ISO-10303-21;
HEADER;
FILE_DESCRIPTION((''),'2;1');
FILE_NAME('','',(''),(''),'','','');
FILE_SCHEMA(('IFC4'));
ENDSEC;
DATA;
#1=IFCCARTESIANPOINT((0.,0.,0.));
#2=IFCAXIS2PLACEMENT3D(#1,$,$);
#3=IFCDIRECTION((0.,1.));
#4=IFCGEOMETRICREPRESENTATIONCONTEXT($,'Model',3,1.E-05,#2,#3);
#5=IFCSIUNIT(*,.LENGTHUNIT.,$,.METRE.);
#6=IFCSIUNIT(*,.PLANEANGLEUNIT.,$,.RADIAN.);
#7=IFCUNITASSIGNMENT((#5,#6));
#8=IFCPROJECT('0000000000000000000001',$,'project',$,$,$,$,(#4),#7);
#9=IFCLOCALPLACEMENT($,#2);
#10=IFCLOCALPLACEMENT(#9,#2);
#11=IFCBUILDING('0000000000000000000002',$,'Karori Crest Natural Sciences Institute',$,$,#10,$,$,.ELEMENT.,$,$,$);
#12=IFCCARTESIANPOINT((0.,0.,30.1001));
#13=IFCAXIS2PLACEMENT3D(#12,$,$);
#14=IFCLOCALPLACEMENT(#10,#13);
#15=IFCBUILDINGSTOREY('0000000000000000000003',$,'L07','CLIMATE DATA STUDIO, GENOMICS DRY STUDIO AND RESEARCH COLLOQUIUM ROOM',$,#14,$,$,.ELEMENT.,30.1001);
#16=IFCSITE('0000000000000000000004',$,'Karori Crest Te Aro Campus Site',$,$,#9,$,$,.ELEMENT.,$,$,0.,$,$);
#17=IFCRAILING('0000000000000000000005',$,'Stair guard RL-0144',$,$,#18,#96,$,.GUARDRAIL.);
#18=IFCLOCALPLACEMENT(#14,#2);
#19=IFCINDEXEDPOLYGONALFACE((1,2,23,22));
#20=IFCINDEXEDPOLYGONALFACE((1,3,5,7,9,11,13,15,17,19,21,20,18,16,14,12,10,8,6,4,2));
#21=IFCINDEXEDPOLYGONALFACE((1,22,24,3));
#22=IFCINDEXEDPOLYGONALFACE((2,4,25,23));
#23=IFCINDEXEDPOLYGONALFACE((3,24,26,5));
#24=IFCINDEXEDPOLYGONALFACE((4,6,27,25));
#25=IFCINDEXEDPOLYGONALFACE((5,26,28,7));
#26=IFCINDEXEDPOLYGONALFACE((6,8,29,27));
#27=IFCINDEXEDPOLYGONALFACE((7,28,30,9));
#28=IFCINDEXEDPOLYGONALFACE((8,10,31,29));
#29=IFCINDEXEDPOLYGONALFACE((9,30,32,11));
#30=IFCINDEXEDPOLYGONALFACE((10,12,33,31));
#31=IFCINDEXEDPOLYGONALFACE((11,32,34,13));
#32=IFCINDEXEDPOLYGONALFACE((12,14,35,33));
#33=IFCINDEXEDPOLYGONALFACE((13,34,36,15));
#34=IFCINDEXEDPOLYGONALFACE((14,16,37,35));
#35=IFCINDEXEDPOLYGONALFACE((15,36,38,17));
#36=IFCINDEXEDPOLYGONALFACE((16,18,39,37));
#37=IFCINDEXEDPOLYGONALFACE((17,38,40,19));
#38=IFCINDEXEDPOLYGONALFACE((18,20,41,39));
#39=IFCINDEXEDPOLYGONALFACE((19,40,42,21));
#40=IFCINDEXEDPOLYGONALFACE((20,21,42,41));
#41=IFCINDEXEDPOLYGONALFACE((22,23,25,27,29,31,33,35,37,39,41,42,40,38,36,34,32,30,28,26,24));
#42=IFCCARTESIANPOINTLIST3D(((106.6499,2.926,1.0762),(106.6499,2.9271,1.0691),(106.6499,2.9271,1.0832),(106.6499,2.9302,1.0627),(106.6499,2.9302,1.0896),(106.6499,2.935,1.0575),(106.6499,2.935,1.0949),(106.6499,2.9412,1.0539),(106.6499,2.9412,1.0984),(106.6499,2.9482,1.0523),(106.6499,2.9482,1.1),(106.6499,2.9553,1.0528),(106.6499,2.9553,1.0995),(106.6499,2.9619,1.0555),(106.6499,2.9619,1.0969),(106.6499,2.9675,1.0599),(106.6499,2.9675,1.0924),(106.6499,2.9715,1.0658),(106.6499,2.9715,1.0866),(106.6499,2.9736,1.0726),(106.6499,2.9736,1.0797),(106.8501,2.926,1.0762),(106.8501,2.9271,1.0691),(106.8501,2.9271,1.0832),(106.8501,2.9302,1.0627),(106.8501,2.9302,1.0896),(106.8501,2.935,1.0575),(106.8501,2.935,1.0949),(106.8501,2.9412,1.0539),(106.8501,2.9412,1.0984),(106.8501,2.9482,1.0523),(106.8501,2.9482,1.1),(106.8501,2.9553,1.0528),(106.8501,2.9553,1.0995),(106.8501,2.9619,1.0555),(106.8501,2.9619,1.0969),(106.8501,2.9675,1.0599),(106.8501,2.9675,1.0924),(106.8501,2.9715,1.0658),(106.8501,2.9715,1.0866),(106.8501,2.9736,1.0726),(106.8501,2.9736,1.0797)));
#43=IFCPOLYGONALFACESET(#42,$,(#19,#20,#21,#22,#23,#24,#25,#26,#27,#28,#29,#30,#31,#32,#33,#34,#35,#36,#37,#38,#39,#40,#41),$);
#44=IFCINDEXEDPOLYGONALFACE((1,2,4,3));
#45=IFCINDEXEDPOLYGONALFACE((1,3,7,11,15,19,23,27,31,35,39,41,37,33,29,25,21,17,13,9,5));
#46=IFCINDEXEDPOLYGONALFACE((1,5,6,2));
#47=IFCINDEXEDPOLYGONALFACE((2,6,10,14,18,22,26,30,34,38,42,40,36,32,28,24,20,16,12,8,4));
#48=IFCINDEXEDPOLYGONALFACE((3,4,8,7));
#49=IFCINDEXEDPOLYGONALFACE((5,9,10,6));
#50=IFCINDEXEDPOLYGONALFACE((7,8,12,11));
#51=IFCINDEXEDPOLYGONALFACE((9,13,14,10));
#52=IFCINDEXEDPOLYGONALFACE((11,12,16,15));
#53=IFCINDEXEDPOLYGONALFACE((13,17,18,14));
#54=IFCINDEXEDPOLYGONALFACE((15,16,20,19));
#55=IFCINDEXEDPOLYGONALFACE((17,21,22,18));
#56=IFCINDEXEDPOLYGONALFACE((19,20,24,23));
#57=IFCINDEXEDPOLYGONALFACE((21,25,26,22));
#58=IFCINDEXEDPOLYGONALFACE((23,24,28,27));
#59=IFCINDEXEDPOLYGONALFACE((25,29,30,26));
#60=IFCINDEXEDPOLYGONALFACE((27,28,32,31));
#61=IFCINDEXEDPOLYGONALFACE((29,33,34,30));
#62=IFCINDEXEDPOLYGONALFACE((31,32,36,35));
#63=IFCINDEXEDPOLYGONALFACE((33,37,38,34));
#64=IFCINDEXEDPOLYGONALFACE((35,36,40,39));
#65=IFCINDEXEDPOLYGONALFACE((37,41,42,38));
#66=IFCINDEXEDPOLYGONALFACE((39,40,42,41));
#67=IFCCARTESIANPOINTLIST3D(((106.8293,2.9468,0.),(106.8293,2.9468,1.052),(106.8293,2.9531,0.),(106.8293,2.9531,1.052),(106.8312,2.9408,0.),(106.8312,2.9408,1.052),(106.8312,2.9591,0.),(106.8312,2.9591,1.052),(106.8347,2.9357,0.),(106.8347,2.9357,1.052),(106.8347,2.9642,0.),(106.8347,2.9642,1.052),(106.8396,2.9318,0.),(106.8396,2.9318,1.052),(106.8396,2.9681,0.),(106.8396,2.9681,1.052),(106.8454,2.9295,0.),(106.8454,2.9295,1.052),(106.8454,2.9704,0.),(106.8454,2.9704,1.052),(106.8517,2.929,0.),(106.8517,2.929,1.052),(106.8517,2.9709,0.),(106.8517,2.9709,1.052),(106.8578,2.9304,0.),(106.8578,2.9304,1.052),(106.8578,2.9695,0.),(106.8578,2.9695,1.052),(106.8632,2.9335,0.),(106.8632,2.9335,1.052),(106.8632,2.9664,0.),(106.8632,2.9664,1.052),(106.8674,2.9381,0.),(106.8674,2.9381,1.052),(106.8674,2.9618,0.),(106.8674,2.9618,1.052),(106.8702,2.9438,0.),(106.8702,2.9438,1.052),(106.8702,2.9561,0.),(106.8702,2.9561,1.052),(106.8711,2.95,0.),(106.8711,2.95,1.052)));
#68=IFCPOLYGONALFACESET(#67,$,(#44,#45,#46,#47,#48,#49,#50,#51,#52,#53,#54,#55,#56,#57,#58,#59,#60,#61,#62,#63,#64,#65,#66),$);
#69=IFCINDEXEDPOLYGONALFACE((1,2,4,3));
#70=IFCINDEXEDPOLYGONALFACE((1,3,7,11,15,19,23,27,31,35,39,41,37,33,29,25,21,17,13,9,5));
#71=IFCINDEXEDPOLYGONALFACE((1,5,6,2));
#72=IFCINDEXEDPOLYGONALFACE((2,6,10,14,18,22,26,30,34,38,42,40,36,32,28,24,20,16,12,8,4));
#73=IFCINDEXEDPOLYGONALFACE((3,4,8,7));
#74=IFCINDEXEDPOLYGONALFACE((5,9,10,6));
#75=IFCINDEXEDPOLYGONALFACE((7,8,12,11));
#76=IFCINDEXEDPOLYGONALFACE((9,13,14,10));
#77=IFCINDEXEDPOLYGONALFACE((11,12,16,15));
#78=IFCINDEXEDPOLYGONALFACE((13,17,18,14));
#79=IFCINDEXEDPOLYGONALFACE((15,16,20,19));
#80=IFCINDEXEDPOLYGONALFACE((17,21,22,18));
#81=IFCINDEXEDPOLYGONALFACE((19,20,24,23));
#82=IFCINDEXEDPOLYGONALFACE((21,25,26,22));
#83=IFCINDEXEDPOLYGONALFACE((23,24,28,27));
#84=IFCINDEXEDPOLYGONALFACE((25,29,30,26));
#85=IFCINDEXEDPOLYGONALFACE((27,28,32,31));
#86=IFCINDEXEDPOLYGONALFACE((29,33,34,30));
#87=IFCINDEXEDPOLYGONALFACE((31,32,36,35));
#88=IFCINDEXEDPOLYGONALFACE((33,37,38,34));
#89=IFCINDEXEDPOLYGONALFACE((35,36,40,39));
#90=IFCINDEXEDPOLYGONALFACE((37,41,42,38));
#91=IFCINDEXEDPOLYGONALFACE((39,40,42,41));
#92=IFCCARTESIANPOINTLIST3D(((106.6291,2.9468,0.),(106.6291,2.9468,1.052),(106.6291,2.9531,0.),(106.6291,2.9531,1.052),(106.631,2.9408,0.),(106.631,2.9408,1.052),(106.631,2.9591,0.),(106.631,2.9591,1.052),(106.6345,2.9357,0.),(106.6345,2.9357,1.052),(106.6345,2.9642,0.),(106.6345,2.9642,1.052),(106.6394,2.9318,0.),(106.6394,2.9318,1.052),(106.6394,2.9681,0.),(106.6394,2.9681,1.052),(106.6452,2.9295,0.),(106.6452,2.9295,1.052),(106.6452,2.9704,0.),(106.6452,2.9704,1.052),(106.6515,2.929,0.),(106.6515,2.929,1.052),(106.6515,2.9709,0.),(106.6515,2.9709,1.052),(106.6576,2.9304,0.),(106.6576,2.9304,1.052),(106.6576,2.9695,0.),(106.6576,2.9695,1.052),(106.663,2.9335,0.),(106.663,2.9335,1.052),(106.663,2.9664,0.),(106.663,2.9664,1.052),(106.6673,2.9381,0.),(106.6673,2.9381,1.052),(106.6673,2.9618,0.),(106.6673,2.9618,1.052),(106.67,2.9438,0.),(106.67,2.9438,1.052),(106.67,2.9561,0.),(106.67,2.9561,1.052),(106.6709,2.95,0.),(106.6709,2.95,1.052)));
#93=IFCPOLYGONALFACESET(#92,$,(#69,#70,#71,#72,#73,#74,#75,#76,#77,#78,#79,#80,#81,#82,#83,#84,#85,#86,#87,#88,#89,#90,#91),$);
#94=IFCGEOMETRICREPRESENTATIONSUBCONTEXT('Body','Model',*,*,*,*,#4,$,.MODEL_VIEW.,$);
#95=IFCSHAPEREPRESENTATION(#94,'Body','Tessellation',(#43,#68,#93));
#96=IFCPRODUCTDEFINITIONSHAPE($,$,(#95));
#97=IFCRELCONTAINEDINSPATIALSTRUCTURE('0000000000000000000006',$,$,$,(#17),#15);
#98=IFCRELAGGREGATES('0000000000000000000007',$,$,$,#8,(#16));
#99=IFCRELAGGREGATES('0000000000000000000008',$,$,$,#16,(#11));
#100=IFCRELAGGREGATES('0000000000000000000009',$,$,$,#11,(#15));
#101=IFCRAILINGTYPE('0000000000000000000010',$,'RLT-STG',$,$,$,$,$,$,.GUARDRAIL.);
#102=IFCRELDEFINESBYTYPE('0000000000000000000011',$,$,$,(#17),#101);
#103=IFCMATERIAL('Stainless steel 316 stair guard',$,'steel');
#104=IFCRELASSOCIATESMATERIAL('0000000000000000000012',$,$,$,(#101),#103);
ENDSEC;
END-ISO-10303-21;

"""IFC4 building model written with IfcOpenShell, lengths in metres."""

from ifc_helpers import new_model, si_unit, direction, frame, origin, origin_2d, place, context, subcontext, project, spatial, circle, extrude, material, type_object, element, save


model = new_model("IFC4")

# Units and contexts
model_context = context("Model", 3, precision=1e-05, world=origin(), true_north=direction((0.0, 1.0)))
body_context = subcontext(model_context, "Body", "Model", "MODEL_VIEW")
ifc_project = project(units=[si_unit("LENGTHUNIT", "METRE"), si_unit("PLANEANGLEUNIT", "RADIAN")], contexts=[model_context])

# Site, building, storey
site_placement = place(None, origin())
site = spatial("IfcSite", under=ifc_project, at=site_placement, Name="Karori Crest Te Aro Campus Site", CompositionType="ELEMENT", RefElevation=0.0)
building_placement = place(site_placement, origin())
building = spatial("IfcBuilding", under=site, at=building_placement, Name="Karori Crest Natural Sciences Institute", CompositionType="ELEMENT")
storey_placement = place(building_placement, frame((0.0, 0.0, 30.1001)))
storey = spatial("IfcBuildingStorey", under=building, at=storey_placement, Name="L07", Description="CLIMATE DATA STUDIO, GENOMICS DRY STUDIO AND RESEARCH COLLOQUIUM ROOM", CompositionType="ELEMENT", Elevation=30.1001)

# Railing
ifc_material_1 = material(Name="Stainless steel 316 stair guard", Category="steel")
railing_type_1 = type_object("IfcRailingType", Name="RLT-STG", PredefinedType="GUARDRAIL", material=ifc_material_1)
railing_1_placement = place(storey_placement, frame((106.8501, 2.95, 0.0)))
element("IfcRailing", 1, at=railing_1_placement, inside=storey, type_object=railing_type_1, Name="Stair guard RL-0144", PredefinedType="GUARDRAIL", context=body_context, shape_type="SweptSolid", body=[
    extrude(circle(Radius=0.0239, at=origin_2d()), frame((0.0, 0.0, 1.0762), z_axis=(-1.0, 0.0, 0.0), x_axis=(0.0, -1.0, 0.0)), (0.0, 0.0, 1.0), 0.2002),
    extrude(circle(Radius=0.021, at=origin_2d()), origin(), (0.0, 0.0, 1.0), 1.052),
    extrude(circle(Radius=0.021, at=origin_2d()), frame((-0.2002, 0.0, 0.0)), (0.0, 0.0, 1.0), 1.052),
])

save(model, "model.ifc")
